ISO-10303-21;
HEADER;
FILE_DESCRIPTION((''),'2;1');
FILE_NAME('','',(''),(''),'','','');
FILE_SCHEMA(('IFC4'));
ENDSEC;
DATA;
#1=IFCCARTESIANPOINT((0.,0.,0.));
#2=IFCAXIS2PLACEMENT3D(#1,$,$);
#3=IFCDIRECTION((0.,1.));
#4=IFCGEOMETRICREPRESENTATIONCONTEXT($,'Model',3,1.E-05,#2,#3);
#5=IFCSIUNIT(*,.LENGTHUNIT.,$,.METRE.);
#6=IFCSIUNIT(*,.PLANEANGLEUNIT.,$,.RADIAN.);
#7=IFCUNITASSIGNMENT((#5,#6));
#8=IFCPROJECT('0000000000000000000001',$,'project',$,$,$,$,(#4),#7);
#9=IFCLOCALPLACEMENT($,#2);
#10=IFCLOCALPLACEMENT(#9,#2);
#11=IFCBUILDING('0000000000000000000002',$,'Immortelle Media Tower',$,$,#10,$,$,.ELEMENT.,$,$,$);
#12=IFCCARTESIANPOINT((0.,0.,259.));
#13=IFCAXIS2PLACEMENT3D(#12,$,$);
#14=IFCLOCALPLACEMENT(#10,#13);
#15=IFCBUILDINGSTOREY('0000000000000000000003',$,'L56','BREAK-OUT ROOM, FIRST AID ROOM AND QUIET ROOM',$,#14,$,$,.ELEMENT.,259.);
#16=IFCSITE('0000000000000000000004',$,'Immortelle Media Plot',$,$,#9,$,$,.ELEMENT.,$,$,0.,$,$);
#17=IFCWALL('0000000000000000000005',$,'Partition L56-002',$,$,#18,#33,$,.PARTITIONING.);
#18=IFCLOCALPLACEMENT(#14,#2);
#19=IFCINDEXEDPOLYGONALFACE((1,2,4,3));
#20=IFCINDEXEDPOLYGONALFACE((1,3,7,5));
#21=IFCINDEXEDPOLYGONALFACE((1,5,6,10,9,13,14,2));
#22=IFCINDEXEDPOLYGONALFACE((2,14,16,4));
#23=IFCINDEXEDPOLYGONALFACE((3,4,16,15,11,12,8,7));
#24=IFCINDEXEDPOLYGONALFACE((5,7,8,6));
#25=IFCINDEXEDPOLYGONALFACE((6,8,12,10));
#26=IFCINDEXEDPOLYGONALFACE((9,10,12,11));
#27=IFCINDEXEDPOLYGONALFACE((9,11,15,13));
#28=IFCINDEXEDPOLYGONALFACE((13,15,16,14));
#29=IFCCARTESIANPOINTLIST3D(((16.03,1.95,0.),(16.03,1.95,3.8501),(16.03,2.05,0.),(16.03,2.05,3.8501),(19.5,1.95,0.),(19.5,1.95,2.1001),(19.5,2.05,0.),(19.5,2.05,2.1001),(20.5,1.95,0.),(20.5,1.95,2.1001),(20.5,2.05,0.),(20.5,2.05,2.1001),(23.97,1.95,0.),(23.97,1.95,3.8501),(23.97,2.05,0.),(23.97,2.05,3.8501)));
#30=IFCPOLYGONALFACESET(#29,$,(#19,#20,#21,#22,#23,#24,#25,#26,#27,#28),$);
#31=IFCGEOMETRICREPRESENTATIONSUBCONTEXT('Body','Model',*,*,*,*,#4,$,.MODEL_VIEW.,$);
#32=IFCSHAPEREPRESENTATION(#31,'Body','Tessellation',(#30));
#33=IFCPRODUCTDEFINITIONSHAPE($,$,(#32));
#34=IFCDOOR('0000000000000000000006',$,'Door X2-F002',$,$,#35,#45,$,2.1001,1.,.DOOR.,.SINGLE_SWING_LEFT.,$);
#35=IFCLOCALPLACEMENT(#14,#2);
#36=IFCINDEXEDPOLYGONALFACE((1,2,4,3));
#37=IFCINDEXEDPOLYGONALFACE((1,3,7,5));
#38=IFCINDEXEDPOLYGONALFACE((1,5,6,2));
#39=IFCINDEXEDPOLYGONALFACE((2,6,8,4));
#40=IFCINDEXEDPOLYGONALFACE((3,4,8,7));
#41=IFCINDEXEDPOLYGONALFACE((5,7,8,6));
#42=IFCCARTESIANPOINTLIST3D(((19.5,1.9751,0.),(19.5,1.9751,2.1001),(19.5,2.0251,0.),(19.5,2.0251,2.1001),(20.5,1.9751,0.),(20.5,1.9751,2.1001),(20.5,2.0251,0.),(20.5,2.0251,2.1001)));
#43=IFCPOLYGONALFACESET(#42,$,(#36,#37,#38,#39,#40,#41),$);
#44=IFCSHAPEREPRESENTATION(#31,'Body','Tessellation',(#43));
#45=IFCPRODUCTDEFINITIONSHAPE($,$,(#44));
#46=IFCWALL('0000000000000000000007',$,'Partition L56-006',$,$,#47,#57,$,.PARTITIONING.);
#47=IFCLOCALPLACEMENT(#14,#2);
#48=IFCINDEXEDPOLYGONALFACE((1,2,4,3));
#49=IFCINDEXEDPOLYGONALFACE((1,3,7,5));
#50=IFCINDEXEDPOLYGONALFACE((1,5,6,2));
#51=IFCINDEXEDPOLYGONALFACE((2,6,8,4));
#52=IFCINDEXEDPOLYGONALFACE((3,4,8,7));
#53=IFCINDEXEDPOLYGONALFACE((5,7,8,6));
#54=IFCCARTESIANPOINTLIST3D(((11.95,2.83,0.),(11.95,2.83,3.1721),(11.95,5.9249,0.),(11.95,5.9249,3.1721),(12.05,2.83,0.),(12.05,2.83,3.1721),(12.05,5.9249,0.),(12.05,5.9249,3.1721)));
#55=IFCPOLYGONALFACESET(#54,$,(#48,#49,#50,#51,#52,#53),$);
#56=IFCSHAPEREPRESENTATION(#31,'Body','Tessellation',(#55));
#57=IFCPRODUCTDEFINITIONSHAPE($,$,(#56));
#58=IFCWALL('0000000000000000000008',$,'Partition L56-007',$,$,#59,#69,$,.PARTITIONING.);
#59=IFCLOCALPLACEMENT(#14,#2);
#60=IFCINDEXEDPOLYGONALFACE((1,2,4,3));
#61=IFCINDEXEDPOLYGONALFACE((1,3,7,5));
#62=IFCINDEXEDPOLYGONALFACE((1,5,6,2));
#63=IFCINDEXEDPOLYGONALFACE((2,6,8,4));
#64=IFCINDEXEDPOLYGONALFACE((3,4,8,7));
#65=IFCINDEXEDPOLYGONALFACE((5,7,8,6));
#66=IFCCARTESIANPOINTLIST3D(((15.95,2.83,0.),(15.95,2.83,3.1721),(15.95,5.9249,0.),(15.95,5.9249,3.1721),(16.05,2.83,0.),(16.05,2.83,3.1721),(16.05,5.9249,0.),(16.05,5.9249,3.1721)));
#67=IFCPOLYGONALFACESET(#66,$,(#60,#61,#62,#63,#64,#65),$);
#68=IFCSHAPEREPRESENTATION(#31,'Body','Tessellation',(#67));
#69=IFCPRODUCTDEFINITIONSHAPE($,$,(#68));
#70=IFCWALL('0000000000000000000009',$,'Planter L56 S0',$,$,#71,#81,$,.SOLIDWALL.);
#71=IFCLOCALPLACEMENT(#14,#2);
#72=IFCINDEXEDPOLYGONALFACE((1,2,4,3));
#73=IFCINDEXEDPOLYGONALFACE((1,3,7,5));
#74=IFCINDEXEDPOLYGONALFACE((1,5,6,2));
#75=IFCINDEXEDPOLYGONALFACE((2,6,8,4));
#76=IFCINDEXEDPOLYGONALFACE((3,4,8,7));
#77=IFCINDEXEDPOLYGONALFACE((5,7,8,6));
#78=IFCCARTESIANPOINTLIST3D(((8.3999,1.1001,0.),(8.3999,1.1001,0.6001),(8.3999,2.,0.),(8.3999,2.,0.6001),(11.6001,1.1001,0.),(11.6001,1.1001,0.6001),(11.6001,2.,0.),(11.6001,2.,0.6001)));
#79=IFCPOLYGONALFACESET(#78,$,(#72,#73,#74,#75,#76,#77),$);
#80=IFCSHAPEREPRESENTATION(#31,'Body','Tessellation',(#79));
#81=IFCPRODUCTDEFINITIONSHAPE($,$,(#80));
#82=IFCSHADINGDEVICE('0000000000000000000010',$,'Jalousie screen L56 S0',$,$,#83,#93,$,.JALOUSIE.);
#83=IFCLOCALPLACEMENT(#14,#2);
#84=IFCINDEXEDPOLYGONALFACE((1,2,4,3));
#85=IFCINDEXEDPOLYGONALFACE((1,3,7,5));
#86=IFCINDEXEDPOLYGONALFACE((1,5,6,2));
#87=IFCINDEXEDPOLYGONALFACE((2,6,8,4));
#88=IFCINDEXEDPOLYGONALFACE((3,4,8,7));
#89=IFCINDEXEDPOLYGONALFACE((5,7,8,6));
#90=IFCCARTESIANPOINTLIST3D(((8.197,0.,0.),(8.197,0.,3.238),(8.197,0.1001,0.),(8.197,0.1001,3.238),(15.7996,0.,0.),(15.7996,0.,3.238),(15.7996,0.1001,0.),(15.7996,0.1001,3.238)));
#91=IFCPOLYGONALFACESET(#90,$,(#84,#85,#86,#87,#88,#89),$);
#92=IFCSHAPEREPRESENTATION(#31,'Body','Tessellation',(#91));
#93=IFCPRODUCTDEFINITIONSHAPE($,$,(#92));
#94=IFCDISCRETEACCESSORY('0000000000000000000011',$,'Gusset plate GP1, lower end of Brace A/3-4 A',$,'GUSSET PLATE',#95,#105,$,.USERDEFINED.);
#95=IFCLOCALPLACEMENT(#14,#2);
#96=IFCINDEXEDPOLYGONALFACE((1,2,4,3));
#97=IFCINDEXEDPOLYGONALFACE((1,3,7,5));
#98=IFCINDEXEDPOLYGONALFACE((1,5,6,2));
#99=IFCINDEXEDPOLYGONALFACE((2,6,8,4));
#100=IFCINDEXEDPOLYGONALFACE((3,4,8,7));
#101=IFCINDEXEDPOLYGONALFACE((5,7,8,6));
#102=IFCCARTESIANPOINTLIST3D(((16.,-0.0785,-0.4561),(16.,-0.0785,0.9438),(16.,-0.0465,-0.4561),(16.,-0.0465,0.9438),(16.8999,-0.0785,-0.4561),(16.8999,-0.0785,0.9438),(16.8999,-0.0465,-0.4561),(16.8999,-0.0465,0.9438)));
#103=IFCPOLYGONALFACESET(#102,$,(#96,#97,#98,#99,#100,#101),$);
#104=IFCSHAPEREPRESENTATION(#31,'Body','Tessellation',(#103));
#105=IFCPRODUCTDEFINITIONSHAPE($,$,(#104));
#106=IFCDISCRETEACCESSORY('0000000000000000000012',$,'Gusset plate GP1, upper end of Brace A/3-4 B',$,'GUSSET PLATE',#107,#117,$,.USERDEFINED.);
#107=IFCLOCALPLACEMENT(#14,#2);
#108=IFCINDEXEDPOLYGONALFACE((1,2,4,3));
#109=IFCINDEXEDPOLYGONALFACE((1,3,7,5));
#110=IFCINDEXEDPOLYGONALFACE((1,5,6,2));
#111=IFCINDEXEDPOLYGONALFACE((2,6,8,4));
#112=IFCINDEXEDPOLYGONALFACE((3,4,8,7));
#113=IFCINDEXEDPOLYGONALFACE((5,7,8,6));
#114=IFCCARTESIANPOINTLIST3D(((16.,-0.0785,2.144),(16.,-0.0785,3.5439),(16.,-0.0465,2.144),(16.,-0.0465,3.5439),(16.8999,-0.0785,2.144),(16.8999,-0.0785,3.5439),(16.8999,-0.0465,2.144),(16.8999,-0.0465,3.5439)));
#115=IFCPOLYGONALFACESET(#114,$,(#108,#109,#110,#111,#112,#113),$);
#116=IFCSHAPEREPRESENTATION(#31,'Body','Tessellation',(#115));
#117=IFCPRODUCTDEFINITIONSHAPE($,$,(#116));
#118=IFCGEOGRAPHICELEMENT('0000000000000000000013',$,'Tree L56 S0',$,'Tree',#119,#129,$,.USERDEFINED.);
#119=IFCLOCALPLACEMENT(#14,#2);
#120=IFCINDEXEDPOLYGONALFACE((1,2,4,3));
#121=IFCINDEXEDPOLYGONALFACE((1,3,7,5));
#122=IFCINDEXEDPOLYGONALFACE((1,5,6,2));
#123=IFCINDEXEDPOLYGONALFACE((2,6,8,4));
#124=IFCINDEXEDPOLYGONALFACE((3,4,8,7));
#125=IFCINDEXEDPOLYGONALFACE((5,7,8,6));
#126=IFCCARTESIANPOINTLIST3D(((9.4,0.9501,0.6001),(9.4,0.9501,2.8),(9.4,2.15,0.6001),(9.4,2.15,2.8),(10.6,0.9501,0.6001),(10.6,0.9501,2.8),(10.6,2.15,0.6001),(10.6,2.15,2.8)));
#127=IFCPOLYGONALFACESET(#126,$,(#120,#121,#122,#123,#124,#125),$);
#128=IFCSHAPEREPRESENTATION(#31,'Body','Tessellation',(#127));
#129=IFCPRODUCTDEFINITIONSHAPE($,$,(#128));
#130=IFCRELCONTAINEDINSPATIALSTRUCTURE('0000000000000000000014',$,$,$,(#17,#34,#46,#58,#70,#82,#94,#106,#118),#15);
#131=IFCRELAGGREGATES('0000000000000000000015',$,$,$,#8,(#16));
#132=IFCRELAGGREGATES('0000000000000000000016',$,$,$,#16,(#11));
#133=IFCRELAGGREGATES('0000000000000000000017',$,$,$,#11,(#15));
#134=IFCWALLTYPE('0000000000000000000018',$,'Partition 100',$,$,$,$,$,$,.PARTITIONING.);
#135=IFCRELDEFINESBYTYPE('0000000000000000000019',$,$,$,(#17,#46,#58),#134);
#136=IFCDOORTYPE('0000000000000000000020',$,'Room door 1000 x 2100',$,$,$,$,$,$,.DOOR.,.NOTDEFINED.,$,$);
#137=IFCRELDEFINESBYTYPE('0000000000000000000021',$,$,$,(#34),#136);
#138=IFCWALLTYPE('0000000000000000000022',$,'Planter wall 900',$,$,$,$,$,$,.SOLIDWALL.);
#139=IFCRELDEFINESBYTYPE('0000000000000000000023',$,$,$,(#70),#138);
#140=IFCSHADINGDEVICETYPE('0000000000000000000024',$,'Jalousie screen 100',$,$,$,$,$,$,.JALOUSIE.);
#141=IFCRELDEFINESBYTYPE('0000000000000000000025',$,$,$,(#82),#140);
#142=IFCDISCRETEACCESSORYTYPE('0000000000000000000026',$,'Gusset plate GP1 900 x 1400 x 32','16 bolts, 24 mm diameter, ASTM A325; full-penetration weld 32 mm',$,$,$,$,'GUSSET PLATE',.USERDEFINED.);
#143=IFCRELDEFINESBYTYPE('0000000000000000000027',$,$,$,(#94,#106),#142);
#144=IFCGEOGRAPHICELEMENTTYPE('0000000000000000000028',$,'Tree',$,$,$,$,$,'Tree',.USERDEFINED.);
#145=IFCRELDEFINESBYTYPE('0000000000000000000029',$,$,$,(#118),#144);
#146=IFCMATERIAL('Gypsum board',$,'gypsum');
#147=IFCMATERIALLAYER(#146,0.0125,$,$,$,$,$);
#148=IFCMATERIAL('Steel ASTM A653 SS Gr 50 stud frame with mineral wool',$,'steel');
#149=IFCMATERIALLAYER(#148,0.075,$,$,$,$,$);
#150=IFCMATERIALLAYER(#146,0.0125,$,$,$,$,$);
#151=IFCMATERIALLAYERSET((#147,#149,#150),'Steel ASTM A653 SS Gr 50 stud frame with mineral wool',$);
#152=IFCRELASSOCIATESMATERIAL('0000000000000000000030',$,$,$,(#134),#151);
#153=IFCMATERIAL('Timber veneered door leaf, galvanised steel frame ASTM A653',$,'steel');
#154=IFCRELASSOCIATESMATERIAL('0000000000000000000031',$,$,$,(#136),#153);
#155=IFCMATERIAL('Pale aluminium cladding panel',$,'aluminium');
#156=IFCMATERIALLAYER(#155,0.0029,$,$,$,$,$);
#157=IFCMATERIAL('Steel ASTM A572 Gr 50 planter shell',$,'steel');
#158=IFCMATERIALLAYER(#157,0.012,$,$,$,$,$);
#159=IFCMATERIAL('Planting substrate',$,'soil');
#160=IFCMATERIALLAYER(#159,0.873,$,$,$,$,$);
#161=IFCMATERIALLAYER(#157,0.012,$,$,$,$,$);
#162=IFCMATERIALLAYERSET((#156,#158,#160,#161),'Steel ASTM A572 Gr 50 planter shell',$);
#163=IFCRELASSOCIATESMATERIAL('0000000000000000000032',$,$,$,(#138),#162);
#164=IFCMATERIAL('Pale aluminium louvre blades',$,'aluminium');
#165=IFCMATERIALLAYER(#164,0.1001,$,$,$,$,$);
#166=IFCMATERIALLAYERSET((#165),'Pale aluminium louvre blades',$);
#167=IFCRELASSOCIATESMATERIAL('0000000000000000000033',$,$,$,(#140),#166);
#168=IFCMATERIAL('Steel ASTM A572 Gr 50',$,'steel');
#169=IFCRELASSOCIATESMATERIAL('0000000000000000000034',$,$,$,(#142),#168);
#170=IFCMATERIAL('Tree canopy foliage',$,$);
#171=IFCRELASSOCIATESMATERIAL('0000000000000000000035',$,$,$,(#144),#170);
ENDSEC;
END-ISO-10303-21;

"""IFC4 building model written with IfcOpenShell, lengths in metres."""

from ifc_helpers import new_model, si_unit, direction, frame, frame_2d, origin, origin_2d, place, context, subcontext, project, spatial, rectangle, extrude, material, layer, layer_set, material_profile, profile_set, type_object, element, fill, save


model = new_model("IFC4")

# Units and contexts
model_context = context("Model", 3, precision=1e-05, world=origin(), true_north=direction((0.0, 1.0)))
body_context = subcontext(model_context, "Body", "Model", "MODEL_VIEW")
ifc_project = project(units=[si_unit("LENGTHUNIT", "METRE"), si_unit("PLANEANGLEUNIT", "RADIAN")], contexts=[model_context])

# Site, building, storey
site_placement = place(None, origin())
site = spatial("IfcSite", under=ifc_project, at=site_placement, Name="Immortelle Media Plot", CompositionType="ELEMENT", RefElevation=0.0)
building_placement = place(site_placement, origin())
building = spatial("IfcBuilding", under=site, at=building_placement, Name="Immortelle Media Tower", CompositionType="ELEMENT")
storey_placement = place(building_placement, frame((0.0, 0.0, 259.0)))
storey = spatial("IfcBuildingStorey", under=building, at=storey_placement, Name="L56", Description="BREAK-OUT ROOM, FIRST AID ROOM AND QUIET ROOM", CompositionType="ELEMENT", Elevation=259.0)

# Shared definitions
ifc_material_1 = material(Name="Pale aluminium cladding panel", Category="aluminium")
ifc_material_2 = material(Name="Steel ASTM A653 SS Gr 50 stud frame with mineral wool", Category="steel")

# Wall, opening, door
ifc_material_3 = material(Name="Gypsum board", Category="gypsum")
ifc_layer_1 = layer(ifc_material_3, 0.0125)
ifc_layer_2 = layer(ifc_material_2, 0.075)
ifc_layer_3 = layer(ifc_material_3, 0.0125)
ifc_layer_set_1 = layer_set([ifc_layer_1, ifc_layer_2, ifc_layer_3], Name="Steel ASTM A653 SS Gr 50 stud frame with mineral wool")
wall_type_1 = type_object("IfcWallType", Name="Partition 100", PredefinedType="PARTITIONING", material=ifc_layer_set_1)
wall_1_placement = place(storey_placement, frame((16.03, 2.0, 0.0), z_axis=(0.0, 0.0, 1.0), x_axis=(1.0, 0.0, 0.0)))
wall_1 = element("IfcWall", 1, at=wall_1_placement, inside=storey, type_object=wall_type_1, Name="Partition L56-002", PredefinedType="PARTITIONING", context=body_context, shape_type="SweptSolid", body=[
    extrude(rectangle(XDim=7.9399, YDim=0.1001, at=frame_2d((3.97, 0.0))), origin(), (0.0, 0.0, 1.0), 3.8501),
])
opening_1_placement = place(wall_1_placement, frame((4.47, 0.0, 0.0), z_axis=(0.0, 0.0, 1.0), x_axis=(-1.0, 0.0, 0.0)))
opening_1 = element("IfcOpeningElement", 2, at=opening_1_placement, cuts=wall_1, PredefinedType="OPENING", context=body_context, shape_type="SweptSolid", body=[
    extrude(rectangle(XDim=1.0, YDim=2.1001, at=frame_2d((0.5, 1.05))), frame((0.0, 0.0601, 0.0), z_axis=(0.0, -1.0, 0.0), x_axis=(1.0, 0.0, 0.0)), (0.0, 0.0, 1.0), 0.1201),
])
ifc_material_4 = material(Name="Timber veneered door leaf, galvanised steel frame ASTM A653", Category="steel")
door_type_1 = type_object("IfcDoorType", Name="Room door 1000 x 2100", OperationType="NOTDEFINED", PredefinedType="DOOR", material=ifc_material_4)
door_1_placement = place(opening_1_placement, origin())
door_1 = element("IfcDoor", 3, at=door_1_placement, inside=storey, type_object=door_type_1, Name="Door X2-F002", OperationType="SINGLE_SWING_LEFT", OverallHeight=2.1001, OverallWidth=1.0, PredefinedType="DOOR", context=body_context, shape_type="SweptSolid", body=[
    extrude(rectangle(XDim=1.0, YDim=2.1001, at=frame_2d((0.5, 1.05))), frame((0.0, 0.0249, 0.0), z_axis=(0.0, -1.0, 0.0), x_axis=(1.0, 0.0, 0.0)), (0.0, 0.0, 1.0), 0.05),
])
fill(opening_1, door_1)

# Walls
for number, where, z_axis, x_axis, name in (
    (4, (12.0, 2.8301, 0.0), (0.0, 0.0, 1.0), (0.0, 1.0, 0.0), "Partition L56-006"),
    (5, (16.0, 2.8301, 0.0), (0.0, 0.0, 1.0), (0.0, 1.0, 0.0), "Partition L56-007"),
):
    element("IfcWall", number, at=place(storey_placement, frame(where, z_axis=z_axis, x_axis=x_axis)), inside=storey, type_object=wall_type_1, Name=name, PredefinedType="PARTITIONING", context=body_context, shape_type="SweptSolid", body=[
        extrude(rectangle(XDim=3.095, YDim=0.1001, at=frame_2d((1.5474, 0.0))), origin(), (0.0, 0.0, 1.0), 3.1721),
    ])
ifc_layer_4 = layer(ifc_material_1, 0.0029)
ifc_material_5 = material(Name="Steel ASTM A572 Gr 50 planter shell", Category="steel")
ifc_layer_5 = layer(ifc_material_5, 0.012)
ifc_material_6 = material(Name="Planting substrate", Category="soil")
ifc_layer_6 = layer(ifc_material_6, 0.873)
ifc_layer_7 = layer(ifc_material_5, 0.012)
ifc_layer_set_2 = layer_set([ifc_layer_4, ifc_layer_5, ifc_layer_6, ifc_layer_7], Name="Steel ASTM A572 Gr 50 planter shell")
wall_type_2 = type_object("IfcWallType", Name="Planter wall 900", PredefinedType="SOLIDWALL", material=ifc_layer_set_2)
wall_2_placement = place(storey_placement, frame((8.3999, 1.55, 0.0), z_axis=(0.0, 0.0, 1.0), x_axis=(1.0, 0.0, 0.0)))
element("IfcWall", 6, at=wall_2_placement, inside=storey, type_object=wall_type_2, Name="Planter L56 S0", PredefinedType="SOLIDWALL", context=body_context, shape_type="SweptSolid", body=[
    extrude(rectangle(XDim=3.2002, YDim=0.8999, at=frame_2d((1.6001, 0.0))), origin(), (0.0, 0.0, 1.0), 0.6001),
])

# Shading device
ifc_material_7 = material(Name="Pale aluminium louvre blades", Category="aluminium")
ifc_layer_8 = layer(ifc_material_7, 0.1001)
ifc_layer_set_3 = layer_set([ifc_layer_8], Name="Pale aluminium louvre blades")
shading_device_type = type_object("IfcShadingDeviceType", Name="Jalousie screen 100", PredefinedType="JALOUSIE", material=ifc_layer_set_3)
shading_device_placement = place(storey_placement, frame((11.9983, 0.05, 0.0), z_axis=(0.0, 0.0, 1.0), x_axis=(1.0, 0.0, 0.0)))
element("IfcShadingDevice", 7, at=shading_device_placement, inside=storey, type_object=shading_device_type, Name="Jalousie screen L56 S0", PredefinedType="JALOUSIE", context=body_context, shape_type="SweptSolid", body=[
    extrude(rectangle(XDim=7.6025, YDim=0.1001, at=origin_2d()), origin(), (0.0, 0.0, 1.0), 3.238),
])

# Discrete accessories
ifc_material_8 = material(Name="Steel ASTM A572 Gr 50", Category="steel")
ifc_material_profile_1 = material_profile(ifc_material_8, rectangle(XDim=0.032, YDim=1.3999, at=origin_2d()), Name="PL 32 x 1400")
ifc_profile_set_1 = profile_set([ifc_material_profile_1], Name="Steel ASTM A572 Gr 50")
discrete_accessory_type = type_object("IfcDiscreteAccessoryType", Name="Gusset plate GP1 900 x 1400 x 32", Description="16 bolts, 24 mm diameter, ASTM A325; full-penetration weld 32 mm", ElementType="GUSSET PLATE", PredefinedType="USERDEFINED", material=ifc_profile_set_1)
for number, where, z_axis, x_axis, name in (
    (8, (16.0, -0.0625, 0.2439), (1.0, 0.0, 0.0), (0.0, 1.0, 0.0), "Gusset plate GP1, lower end of Brace A/3-4 A"),
    (9, (16.0, -0.0625, 2.844), (1.0, 0.0, 0.0), (0.0, 1.0, 0.0), "Gusset plate GP1, upper end of Brace A/3-4 B"),
):
    element("IfcDiscreteAccessory", number, at=place(storey_placement, frame(where, z_axis=z_axis, x_axis=x_axis)), inside=storey, type_object=discrete_accessory_type, Name=name, ObjectType="GUSSET PLATE", PredefinedType="USERDEFINED", context=body_context, shape_type="SweptSolid", body=[
        extrude(rectangle(XDim=0.032, YDim=1.3999, at=origin_2d()), origin(), (0.0, 0.0, 1.0), 0.8999),
    ])

# Geographic element
ifc_material_9 = material(Name="Tree canopy foliage")
geographic_element_type = type_object("IfcGeographicElementType", Name="Tree", ElementType="Tree", PredefinedType="USERDEFINED", material=ifc_material_9)
geographic_element_placement = place(storey_placement, frame((10.0, 1.55, 0.6001), z_axis=(0.0, 0.0, 1.0), x_axis=(1.0, 0.0, 0.0)))
element("IfcGeographicElement", 10, at=geographic_element_placement, inside=storey, type_object=geographic_element_type, Name="Tree L56 S0", ObjectType="Tree", PredefinedType="USERDEFINED", context=body_context, shape_type="SweptSolid", body=[
    extrude(rectangle(XDim=1.2, YDim=1.2, at=origin_2d()), origin(), (0.0, 0.0, 1.0), 2.2),
])

save(model, "model.ifc")
